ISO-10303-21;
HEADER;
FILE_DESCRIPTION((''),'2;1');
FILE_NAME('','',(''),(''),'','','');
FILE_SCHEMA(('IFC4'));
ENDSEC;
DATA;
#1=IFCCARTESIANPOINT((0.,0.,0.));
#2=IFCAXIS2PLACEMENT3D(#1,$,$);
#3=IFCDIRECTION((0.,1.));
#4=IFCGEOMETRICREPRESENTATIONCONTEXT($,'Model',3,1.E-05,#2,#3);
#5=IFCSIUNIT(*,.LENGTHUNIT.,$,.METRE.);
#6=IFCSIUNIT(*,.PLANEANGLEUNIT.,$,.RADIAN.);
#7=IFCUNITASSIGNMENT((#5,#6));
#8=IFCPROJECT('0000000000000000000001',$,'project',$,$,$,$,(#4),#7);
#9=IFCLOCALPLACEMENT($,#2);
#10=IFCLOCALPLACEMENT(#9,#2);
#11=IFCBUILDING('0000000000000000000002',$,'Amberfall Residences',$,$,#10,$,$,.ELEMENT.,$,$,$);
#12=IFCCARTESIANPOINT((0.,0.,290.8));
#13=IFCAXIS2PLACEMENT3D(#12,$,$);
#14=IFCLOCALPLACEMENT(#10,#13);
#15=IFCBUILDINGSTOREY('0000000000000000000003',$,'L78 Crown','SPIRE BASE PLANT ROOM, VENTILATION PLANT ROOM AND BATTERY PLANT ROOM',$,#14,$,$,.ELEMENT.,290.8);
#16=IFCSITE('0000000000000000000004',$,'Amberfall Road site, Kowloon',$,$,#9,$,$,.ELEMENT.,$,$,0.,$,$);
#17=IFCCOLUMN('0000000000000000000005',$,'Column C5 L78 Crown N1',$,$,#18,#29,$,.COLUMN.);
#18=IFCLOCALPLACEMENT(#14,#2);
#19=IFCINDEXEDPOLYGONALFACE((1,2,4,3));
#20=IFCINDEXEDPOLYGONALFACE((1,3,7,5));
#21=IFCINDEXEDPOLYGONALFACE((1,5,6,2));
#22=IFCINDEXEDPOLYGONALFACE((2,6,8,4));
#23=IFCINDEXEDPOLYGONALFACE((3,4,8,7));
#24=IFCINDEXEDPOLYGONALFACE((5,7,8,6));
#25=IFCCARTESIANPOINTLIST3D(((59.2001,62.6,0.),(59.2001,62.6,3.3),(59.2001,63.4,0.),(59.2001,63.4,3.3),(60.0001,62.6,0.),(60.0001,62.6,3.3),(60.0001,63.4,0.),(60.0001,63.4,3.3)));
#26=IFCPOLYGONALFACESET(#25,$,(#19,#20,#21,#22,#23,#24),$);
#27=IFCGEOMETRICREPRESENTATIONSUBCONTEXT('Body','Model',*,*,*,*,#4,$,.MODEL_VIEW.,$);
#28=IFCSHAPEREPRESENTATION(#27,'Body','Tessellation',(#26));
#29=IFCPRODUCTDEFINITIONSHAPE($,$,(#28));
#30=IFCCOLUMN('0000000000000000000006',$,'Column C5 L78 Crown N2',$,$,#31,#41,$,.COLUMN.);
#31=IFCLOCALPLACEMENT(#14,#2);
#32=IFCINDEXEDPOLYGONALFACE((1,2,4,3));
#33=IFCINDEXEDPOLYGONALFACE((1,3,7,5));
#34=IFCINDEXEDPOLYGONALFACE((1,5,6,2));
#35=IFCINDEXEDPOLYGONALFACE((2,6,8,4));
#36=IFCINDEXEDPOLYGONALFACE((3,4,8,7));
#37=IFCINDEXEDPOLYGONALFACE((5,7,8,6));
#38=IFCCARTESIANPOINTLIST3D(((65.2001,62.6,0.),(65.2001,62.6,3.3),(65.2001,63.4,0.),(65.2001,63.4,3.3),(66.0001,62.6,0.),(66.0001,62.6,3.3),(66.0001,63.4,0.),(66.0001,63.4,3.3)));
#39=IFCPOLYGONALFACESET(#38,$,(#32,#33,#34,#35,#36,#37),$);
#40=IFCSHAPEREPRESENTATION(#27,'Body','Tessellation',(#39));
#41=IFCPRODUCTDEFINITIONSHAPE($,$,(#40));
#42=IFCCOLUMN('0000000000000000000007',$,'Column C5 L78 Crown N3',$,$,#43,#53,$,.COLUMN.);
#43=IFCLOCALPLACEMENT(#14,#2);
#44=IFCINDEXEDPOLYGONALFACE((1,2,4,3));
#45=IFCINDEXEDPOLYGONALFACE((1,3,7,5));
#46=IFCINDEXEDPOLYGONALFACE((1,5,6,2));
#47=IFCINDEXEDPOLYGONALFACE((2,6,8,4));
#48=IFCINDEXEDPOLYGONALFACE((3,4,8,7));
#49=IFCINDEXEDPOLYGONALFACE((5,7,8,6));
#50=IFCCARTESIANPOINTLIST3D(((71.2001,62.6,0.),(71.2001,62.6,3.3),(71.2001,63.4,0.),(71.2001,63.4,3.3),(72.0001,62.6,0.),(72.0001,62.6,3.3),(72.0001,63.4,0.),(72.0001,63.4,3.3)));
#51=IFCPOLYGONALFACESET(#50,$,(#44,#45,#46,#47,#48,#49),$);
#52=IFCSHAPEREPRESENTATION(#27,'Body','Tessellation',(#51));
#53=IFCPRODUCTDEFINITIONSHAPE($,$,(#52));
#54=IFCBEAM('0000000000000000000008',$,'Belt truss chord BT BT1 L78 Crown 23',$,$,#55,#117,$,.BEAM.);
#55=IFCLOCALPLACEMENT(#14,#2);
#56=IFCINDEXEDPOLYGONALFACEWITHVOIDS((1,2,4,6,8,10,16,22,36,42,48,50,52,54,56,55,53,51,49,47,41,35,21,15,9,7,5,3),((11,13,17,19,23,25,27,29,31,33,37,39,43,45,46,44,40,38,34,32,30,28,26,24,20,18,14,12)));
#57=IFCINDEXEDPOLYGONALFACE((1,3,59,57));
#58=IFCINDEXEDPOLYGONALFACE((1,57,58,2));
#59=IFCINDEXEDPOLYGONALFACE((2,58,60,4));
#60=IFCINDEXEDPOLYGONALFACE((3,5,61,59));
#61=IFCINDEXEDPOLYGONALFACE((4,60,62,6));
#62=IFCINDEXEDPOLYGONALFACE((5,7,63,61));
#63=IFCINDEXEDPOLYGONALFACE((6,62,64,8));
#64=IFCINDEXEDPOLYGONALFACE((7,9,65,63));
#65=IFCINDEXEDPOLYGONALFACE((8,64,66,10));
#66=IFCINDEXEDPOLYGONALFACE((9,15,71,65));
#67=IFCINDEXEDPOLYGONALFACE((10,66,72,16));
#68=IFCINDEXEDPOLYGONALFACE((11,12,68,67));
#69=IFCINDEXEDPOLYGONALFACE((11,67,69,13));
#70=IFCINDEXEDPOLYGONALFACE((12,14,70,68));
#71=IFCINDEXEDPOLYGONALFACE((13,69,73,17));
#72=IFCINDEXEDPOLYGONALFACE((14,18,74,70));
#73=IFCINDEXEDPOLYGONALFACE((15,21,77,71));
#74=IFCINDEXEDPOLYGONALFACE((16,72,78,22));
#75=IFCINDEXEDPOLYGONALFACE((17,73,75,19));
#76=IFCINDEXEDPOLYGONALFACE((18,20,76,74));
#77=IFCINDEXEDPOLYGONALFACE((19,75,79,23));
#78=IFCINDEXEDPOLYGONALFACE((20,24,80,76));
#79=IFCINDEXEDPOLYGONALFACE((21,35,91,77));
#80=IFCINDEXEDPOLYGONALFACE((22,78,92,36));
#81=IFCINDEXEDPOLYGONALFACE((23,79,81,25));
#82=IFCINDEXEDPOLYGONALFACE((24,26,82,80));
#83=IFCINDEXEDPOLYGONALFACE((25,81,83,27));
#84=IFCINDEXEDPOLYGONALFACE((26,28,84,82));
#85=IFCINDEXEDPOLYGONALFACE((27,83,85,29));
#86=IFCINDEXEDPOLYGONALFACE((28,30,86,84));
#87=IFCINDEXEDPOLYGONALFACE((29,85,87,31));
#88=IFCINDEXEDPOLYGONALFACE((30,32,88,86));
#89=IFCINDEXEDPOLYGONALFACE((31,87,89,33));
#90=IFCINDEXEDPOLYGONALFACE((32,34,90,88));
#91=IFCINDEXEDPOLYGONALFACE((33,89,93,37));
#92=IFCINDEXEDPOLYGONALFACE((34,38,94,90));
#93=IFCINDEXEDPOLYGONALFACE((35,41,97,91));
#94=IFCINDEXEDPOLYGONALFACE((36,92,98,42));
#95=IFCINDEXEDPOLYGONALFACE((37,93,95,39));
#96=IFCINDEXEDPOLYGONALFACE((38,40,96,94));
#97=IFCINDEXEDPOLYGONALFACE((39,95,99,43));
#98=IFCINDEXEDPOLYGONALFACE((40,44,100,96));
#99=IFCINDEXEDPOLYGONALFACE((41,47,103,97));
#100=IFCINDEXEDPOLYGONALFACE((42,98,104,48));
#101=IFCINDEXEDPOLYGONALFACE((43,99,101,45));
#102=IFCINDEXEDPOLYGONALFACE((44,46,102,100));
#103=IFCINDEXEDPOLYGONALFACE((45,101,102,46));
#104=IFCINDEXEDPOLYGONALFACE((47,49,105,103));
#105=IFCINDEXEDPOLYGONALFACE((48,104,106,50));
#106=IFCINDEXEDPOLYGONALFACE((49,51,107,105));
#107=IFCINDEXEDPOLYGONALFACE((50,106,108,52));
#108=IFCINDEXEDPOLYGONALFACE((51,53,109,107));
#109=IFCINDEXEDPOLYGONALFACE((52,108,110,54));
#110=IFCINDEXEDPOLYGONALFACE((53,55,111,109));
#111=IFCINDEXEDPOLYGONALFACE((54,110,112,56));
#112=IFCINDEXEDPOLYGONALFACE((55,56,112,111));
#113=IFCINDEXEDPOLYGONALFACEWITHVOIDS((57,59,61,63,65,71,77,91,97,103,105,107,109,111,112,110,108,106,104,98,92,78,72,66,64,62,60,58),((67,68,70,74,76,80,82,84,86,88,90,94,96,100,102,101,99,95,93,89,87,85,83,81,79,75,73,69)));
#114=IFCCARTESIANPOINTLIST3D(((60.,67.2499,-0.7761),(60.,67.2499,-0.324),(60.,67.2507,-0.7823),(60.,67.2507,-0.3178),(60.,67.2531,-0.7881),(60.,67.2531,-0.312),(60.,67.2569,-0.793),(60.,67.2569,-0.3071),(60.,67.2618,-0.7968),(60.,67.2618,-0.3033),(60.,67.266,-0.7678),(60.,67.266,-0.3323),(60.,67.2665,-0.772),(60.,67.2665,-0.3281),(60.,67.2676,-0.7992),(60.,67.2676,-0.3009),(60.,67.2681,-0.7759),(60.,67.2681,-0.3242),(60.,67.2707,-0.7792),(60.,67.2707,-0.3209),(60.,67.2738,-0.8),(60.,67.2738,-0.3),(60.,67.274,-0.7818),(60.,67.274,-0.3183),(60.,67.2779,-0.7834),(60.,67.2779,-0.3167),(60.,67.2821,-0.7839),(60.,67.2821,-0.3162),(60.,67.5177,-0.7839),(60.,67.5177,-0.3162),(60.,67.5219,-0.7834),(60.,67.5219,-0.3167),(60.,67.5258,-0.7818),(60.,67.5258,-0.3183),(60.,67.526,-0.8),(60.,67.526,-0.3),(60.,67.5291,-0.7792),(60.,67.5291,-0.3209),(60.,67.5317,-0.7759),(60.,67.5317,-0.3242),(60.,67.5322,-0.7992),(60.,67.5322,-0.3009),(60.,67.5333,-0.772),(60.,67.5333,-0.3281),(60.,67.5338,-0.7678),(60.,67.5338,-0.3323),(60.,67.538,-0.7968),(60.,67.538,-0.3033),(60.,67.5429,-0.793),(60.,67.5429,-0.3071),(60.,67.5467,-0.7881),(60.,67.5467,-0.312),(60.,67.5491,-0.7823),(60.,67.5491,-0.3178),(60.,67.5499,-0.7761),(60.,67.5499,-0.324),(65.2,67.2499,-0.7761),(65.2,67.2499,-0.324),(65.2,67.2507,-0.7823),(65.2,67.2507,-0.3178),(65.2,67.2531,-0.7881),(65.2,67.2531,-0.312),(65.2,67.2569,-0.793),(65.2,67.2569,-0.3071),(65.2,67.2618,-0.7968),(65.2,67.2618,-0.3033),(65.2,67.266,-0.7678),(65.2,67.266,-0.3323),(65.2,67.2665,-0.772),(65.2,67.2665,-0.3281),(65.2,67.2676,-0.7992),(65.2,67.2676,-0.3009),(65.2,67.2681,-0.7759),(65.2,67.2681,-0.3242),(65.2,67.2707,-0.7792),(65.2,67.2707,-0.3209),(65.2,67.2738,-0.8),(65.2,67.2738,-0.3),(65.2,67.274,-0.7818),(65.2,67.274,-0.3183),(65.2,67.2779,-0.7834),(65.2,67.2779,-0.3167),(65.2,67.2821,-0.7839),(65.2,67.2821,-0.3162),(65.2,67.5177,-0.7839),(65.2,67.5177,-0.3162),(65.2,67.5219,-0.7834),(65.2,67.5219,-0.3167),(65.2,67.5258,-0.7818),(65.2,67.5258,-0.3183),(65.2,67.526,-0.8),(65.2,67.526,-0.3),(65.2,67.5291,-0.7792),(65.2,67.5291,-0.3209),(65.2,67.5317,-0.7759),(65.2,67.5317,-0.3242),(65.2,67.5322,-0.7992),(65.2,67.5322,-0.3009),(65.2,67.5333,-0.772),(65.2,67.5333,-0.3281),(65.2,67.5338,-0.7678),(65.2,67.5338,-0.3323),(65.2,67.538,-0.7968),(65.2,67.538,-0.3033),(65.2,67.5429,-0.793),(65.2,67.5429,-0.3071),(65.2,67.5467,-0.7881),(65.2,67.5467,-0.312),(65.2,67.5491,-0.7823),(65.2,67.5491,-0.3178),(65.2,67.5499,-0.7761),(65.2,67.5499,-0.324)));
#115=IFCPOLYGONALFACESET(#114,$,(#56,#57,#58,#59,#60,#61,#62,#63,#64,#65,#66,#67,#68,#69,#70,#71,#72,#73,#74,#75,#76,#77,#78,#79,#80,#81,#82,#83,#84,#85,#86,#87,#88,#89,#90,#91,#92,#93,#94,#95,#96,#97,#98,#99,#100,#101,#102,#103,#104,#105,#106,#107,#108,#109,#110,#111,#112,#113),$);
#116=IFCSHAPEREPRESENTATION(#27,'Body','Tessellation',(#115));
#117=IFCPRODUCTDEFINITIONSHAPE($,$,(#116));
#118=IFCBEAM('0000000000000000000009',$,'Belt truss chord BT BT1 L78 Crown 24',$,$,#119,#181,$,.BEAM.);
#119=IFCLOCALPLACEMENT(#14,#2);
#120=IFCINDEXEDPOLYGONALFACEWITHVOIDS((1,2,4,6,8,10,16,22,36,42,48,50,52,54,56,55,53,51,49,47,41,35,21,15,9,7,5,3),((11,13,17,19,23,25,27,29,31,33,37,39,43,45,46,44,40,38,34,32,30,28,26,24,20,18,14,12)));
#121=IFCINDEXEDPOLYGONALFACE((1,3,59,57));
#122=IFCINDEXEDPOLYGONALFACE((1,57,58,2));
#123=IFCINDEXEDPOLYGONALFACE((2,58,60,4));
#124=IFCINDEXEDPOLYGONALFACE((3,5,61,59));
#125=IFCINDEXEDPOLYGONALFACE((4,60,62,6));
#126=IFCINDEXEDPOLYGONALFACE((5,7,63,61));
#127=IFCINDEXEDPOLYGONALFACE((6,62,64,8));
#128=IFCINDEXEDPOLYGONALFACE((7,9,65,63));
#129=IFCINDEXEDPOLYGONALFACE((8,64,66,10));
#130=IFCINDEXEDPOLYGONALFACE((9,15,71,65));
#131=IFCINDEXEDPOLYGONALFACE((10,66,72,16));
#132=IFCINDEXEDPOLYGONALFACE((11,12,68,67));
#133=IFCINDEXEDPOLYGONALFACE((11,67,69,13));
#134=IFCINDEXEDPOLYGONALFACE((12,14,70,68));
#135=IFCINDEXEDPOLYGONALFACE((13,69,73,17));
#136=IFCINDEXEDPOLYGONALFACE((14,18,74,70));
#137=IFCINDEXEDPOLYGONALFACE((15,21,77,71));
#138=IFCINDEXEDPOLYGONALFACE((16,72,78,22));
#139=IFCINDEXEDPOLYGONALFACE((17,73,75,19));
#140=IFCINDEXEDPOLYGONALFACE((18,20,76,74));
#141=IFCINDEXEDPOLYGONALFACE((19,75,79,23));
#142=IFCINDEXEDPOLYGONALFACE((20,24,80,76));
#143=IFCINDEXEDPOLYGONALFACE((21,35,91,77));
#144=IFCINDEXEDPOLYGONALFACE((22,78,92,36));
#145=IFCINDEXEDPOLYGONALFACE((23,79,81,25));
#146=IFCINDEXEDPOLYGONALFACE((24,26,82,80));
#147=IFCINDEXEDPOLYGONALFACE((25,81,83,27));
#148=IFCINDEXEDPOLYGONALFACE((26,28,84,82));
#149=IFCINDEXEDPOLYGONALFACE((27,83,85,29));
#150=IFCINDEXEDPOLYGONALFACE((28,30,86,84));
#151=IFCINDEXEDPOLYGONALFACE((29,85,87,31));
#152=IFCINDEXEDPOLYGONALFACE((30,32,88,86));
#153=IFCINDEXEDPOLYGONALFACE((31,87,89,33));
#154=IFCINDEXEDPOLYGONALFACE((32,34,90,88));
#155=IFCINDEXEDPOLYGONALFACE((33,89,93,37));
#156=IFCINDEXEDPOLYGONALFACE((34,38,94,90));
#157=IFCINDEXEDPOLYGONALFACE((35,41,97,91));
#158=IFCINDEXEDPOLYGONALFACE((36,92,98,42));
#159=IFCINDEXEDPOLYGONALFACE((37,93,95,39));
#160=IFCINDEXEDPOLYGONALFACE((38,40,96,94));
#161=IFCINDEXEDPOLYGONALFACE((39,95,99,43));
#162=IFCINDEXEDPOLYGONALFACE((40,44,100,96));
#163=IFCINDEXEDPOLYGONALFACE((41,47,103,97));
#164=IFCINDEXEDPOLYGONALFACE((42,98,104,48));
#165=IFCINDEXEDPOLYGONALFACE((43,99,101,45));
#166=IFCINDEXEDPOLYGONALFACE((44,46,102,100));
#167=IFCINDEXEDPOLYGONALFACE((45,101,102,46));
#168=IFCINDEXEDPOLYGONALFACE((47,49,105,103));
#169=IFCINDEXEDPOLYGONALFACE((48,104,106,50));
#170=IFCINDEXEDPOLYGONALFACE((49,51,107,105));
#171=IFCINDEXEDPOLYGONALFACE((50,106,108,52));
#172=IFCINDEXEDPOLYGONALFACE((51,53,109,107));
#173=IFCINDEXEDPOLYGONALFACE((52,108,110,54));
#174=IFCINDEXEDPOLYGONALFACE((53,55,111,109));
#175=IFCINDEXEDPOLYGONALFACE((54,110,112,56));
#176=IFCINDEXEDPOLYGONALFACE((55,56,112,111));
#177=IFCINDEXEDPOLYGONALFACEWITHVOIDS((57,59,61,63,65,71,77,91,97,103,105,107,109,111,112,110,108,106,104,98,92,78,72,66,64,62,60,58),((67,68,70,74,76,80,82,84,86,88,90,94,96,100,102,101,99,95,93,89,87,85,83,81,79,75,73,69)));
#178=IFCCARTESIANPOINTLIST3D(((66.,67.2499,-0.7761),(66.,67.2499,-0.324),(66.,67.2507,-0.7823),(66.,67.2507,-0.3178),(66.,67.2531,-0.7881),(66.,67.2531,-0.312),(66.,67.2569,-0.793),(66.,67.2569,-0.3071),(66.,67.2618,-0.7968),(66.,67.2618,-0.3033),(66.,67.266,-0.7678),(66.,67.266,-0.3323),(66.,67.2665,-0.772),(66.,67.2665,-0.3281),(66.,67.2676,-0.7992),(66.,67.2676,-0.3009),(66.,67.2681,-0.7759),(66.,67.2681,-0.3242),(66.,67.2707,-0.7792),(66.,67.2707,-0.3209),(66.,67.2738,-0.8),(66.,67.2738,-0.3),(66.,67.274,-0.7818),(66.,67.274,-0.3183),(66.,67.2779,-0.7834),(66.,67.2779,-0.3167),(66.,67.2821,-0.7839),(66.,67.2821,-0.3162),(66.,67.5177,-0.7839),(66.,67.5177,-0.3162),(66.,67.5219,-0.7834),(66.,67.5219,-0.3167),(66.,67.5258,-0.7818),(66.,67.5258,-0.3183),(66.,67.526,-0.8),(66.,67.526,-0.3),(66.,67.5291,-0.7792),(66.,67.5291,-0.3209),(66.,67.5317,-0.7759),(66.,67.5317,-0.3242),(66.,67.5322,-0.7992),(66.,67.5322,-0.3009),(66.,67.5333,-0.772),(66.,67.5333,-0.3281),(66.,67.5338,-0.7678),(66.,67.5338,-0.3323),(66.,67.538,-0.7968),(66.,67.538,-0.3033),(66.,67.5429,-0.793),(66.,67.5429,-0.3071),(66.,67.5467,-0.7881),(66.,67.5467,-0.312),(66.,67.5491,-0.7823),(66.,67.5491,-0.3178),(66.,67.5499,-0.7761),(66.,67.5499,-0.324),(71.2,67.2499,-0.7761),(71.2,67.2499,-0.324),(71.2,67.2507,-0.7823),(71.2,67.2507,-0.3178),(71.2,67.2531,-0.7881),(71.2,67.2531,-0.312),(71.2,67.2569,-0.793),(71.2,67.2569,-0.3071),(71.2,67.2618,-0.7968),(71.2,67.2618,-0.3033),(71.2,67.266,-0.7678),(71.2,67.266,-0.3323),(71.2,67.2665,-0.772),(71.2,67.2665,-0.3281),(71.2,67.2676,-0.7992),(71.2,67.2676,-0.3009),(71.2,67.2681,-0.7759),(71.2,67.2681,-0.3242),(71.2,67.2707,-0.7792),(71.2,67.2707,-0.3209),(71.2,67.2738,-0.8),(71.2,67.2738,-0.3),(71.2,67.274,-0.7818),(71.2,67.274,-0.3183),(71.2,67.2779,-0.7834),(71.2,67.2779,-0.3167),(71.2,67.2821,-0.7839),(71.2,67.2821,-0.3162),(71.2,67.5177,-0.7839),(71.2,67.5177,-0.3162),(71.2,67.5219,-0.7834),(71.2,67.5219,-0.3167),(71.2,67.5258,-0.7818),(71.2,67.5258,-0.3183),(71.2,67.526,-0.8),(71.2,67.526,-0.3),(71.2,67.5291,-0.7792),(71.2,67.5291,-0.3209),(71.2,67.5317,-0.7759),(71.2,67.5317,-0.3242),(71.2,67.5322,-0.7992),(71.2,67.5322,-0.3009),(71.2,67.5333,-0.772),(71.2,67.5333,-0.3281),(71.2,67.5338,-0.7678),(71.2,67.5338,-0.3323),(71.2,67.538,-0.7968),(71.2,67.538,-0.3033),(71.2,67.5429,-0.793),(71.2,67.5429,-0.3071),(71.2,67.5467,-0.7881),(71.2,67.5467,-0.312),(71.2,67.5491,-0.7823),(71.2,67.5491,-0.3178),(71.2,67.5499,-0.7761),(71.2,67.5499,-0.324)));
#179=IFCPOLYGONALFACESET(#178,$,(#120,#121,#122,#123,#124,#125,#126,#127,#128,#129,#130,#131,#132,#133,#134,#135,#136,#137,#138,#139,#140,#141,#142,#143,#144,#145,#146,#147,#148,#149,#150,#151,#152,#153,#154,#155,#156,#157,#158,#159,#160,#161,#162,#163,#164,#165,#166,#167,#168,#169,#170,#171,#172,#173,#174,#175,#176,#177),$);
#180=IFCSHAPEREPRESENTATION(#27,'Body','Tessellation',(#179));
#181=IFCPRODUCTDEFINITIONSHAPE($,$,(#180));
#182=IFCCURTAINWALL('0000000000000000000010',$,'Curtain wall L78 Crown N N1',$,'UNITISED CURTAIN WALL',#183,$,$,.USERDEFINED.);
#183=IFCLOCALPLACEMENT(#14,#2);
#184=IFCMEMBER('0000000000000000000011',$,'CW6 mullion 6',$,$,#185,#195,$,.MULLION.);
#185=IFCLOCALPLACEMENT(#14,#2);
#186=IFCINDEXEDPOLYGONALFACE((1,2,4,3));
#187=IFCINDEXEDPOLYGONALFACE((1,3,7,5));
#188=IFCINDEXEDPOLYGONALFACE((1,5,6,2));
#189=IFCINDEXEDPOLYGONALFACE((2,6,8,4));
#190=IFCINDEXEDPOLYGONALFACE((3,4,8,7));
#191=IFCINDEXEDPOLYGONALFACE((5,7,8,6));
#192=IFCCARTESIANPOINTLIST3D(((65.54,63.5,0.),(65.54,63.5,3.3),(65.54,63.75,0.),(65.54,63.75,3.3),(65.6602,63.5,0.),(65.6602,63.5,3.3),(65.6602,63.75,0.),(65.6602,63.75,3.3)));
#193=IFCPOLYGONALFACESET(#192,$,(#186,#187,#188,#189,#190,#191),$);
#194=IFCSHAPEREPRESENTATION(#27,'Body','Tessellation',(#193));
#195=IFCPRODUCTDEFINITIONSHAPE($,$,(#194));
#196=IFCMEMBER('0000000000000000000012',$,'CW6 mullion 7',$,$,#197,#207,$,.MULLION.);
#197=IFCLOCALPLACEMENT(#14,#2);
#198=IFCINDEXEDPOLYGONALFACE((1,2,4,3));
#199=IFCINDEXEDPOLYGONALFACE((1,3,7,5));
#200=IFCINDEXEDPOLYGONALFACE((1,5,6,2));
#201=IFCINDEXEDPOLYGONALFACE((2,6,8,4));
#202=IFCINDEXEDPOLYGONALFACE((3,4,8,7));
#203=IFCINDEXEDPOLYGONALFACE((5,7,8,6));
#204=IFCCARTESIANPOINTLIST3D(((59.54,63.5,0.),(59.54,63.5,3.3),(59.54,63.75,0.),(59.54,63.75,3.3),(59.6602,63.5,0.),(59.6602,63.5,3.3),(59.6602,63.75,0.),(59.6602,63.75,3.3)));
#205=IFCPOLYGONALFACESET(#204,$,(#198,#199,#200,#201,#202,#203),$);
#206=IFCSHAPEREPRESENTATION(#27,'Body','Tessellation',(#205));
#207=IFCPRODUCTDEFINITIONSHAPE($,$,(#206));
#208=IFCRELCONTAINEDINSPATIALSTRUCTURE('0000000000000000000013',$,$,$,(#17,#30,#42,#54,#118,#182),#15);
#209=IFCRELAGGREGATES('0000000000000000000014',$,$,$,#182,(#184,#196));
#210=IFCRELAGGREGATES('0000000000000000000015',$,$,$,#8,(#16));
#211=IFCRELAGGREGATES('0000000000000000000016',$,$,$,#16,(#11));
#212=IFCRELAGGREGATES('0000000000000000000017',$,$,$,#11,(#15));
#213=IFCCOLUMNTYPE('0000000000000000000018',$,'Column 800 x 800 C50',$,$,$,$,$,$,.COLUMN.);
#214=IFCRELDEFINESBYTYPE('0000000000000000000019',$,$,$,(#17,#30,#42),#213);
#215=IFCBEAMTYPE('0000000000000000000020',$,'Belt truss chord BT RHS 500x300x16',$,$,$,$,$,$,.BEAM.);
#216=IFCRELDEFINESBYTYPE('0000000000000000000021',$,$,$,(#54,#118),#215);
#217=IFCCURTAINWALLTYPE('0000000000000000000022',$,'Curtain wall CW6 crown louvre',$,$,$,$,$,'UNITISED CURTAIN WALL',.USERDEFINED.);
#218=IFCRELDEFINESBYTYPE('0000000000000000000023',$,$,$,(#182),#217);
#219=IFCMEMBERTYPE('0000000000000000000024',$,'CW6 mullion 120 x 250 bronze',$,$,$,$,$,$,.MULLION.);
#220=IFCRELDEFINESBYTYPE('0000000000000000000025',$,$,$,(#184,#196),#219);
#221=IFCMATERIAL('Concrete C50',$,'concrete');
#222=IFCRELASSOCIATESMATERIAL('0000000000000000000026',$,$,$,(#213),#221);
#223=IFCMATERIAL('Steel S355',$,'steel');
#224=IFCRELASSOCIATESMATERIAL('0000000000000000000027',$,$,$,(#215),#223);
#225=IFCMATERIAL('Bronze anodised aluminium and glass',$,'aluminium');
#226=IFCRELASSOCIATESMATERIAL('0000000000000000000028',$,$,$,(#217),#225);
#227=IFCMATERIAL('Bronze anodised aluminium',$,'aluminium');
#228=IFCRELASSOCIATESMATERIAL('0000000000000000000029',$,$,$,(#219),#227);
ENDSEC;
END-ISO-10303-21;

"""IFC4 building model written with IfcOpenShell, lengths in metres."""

from ifc_helpers import new_model, si_unit, direction, frame, origin, origin_2d, place, context, subcontext, project, spatial, rectangle, hollow_rectangle, extrude, material, material_profile, profile_set, type_object, element, aggregate, save


model = new_model("IFC4")

# Units and contexts
model_context = context("Model", 3, precision=1e-05, world=origin(), true_north=direction((0.0, 1.0)))
body_context = subcontext(model_context, "Body", "Model", "MODEL_VIEW")
ifc_project = project(units=[si_unit("LENGTHUNIT", "METRE"), si_unit("PLANEANGLEUNIT", "RADIAN")], contexts=[model_context])

# Site, building, storey
site_placement = place(None, origin())
site = spatial("IfcSite", under=ifc_project, at=site_placement, Name="Amberfall Road site, Kowloon", CompositionType="ELEMENT", RefElevation=0.0)
building_placement = place(site_placement, origin())
building = spatial("IfcBuilding", under=site, at=building_placement, Name="Amberfall Residences", CompositionType="ELEMENT")
storey_placement = place(building_placement, frame((0.0, 0.0, 290.8)))
storey = spatial("IfcBuildingStorey", under=building, at=storey_placement, Name="L78 Crown", Description="SPIRE BASE PLANT ROOM, VENTILATION PLANT ROOM AND BATTERY PLANT ROOM", CompositionType="ELEMENT", Elevation=290.8)

# Columns
ifc_material_1 = material(Name="Concrete C50", Category="concrete")
ifc_material_profile_1 = material_profile(ifc_material_1, rectangle(XDim=0.8, YDim=0.8, at=origin_2d()), Name="Column 800 x 800 C50")
ifc_profile_set_1 = profile_set([ifc_material_profile_1], Name="Concrete C50")
column_type = type_object("IfcColumnType", Name="Column 800 x 800 C50", PredefinedType="COLUMN", material=ifc_profile_set_1)
for number, where, z_axis, x_axis, name in (
    (1, (59.6001, 63.0, 0.0), (0.0, 0.0, 1.0), (1.0, 0.0, 0.0), "Column C5 L78 Crown N1"),
    (2, (65.6001, 63.0, 0.0), (0.0, 0.0, 1.0), (1.0, 0.0, 0.0), "Column C5 L78 Crown N2"),
    (3, (71.6001, 63.0, 0.0), (0.0, 0.0, 1.0), (1.0, 0.0, 0.0), "Column C5 L78 Crown N3"),
):
    element("IfcColumn", number, at=place(storey_placement, frame(where, z_axis=z_axis, x_axis=x_axis)), inside=storey, type_object=column_type, Name=name, PredefinedType="COLUMN", context=body_context, shape_type="SweptSolid", body=[
        extrude(rectangle(XDim=0.8, YDim=0.8, at=origin_2d()), origin(), (0.0, 0.0, 1.0), 3.3),
    ])

# Beams
ifc_material_2 = material(Name="Steel S355", Category="steel")
ifc_material_profile_2 = material_profile(ifc_material_2, hollow_rectangle(XDim=0.3, YDim=0.5, WallThickness=0.0161, InnerFilletRadius=0.0161, OuterFilletRadius=0.0239, at=origin_2d()), Name="RHS 500x300x16")
ifc_profile_set_2 = profile_set([ifc_material_profile_2], Name="Steel S355")
beam_type_1 = type_object("IfcBeamType", Name="Belt truss chord BT RHS 500x300x16", PredefinedType="BEAM", material=ifc_profile_set_2)
for number, where, z_axis, x_axis, name in (
    (4, (60.0, 67.3999, -0.55), (1.0, 0.0, 0.0), (0.0, 1.0, 0.0), "Belt truss chord BT BT1 L78 Crown 23"),
    (5, (66.0, 67.3999, -0.55), (1.0, 0.0, 0.0), (0.0, 1.0, 0.0), "Belt truss chord BT BT1 L78 Crown 24"),
):
    element("IfcBeam", number, at=place(storey_placement, frame(where, z_axis=z_axis, x_axis=x_axis)), inside=storey, type_object=beam_type_1, Name=name, PredefinedType="BEAM", context=body_context, shape_type="SweptSolid", body=[
        extrude(hollow_rectangle(XDim=0.3, YDim=0.5, WallThickness=0.0161, InnerFilletRadius=0.0161, OuterFilletRadius=0.0239, at=origin_2d()), origin(), (0.0, 0.0, 1.0), 5.2),
    ])

# Curtain wall, members
ifc_material_3 = material(Name="Bronze anodised aluminium and glass", Category="aluminium")
curtain_wall_type = type_object("IfcCurtainWallType", Name="Curtain wall CW6 crown louvre", ElementType="UNITISED CURTAIN WALL", PredefinedType="USERDEFINED", material=ifc_material_3)
curtain_wall_placement = place(storey_placement, origin())
curtain_wall = element("IfcCurtainWall", 6, at=curtain_wall_placement, inside=storey, type_object=curtain_wall_type, Name="Curtain wall L78 Crown N N1", ObjectType="UNITISED CURTAIN WALL", PredefinedType="USERDEFINED")
ifc_material_4 = material(Name="Bronze anodised aluminium", Category="aluminium")
ifc_material_profile_3 = material_profile(ifc_material_4, rectangle(XDim=0.25, YDim=0.1201, at=origin_2d()), Name="CW6 mullion 120 x 250 bronze")
ifc_profile_set_3 = profile_set([ifc_material_profile_3], Name="Bronze anodised aluminium")
member_type_1 = type_object("IfcMemberType", Name="CW6 mullion 120 x 250 bronze", PredefinedType="MULLION", material=ifc_profile_set_3)
member_1_placement = place(storey_placement, frame((65.6001, 63.625, 0.0), z_axis=(0.0, 0.0, 1.0), x_axis=(0.0, -1.0, 0.0)))
member_1 = element("IfcMember", 7, at=member_1_placement, type_object=member_type_1, Name="CW6 mullion 6", PredefinedType="MULLION", context=body_context, shape_type="SweptSolid", body=[
    extrude(rectangle(XDim=0.25, YDim=0.1201, at=origin_2d()), origin(), (0.0, 0.0, 1.0), 3.3),
])
member_2_placement = place(storey_placement, frame((59.6001, 63.625, 0.0), z_axis=(0.0, 0.0, 1.0), x_axis=(0.0, -1.0, 0.0)))
member_2 = element("IfcMember", 8, at=member_2_placement, type_object=member_type_1, Name="CW6 mullion 7", PredefinedType="MULLION", context=body_context, shape_type="SweptSolid", body=[
    extrude(rectangle(XDim=0.25, YDim=0.1201, at=origin_2d()), origin(), (0.0, 0.0, 1.0), 3.3),
])

aggregate(curtain_wall, [member_1, member_2])

save(model, "model.ifc")
